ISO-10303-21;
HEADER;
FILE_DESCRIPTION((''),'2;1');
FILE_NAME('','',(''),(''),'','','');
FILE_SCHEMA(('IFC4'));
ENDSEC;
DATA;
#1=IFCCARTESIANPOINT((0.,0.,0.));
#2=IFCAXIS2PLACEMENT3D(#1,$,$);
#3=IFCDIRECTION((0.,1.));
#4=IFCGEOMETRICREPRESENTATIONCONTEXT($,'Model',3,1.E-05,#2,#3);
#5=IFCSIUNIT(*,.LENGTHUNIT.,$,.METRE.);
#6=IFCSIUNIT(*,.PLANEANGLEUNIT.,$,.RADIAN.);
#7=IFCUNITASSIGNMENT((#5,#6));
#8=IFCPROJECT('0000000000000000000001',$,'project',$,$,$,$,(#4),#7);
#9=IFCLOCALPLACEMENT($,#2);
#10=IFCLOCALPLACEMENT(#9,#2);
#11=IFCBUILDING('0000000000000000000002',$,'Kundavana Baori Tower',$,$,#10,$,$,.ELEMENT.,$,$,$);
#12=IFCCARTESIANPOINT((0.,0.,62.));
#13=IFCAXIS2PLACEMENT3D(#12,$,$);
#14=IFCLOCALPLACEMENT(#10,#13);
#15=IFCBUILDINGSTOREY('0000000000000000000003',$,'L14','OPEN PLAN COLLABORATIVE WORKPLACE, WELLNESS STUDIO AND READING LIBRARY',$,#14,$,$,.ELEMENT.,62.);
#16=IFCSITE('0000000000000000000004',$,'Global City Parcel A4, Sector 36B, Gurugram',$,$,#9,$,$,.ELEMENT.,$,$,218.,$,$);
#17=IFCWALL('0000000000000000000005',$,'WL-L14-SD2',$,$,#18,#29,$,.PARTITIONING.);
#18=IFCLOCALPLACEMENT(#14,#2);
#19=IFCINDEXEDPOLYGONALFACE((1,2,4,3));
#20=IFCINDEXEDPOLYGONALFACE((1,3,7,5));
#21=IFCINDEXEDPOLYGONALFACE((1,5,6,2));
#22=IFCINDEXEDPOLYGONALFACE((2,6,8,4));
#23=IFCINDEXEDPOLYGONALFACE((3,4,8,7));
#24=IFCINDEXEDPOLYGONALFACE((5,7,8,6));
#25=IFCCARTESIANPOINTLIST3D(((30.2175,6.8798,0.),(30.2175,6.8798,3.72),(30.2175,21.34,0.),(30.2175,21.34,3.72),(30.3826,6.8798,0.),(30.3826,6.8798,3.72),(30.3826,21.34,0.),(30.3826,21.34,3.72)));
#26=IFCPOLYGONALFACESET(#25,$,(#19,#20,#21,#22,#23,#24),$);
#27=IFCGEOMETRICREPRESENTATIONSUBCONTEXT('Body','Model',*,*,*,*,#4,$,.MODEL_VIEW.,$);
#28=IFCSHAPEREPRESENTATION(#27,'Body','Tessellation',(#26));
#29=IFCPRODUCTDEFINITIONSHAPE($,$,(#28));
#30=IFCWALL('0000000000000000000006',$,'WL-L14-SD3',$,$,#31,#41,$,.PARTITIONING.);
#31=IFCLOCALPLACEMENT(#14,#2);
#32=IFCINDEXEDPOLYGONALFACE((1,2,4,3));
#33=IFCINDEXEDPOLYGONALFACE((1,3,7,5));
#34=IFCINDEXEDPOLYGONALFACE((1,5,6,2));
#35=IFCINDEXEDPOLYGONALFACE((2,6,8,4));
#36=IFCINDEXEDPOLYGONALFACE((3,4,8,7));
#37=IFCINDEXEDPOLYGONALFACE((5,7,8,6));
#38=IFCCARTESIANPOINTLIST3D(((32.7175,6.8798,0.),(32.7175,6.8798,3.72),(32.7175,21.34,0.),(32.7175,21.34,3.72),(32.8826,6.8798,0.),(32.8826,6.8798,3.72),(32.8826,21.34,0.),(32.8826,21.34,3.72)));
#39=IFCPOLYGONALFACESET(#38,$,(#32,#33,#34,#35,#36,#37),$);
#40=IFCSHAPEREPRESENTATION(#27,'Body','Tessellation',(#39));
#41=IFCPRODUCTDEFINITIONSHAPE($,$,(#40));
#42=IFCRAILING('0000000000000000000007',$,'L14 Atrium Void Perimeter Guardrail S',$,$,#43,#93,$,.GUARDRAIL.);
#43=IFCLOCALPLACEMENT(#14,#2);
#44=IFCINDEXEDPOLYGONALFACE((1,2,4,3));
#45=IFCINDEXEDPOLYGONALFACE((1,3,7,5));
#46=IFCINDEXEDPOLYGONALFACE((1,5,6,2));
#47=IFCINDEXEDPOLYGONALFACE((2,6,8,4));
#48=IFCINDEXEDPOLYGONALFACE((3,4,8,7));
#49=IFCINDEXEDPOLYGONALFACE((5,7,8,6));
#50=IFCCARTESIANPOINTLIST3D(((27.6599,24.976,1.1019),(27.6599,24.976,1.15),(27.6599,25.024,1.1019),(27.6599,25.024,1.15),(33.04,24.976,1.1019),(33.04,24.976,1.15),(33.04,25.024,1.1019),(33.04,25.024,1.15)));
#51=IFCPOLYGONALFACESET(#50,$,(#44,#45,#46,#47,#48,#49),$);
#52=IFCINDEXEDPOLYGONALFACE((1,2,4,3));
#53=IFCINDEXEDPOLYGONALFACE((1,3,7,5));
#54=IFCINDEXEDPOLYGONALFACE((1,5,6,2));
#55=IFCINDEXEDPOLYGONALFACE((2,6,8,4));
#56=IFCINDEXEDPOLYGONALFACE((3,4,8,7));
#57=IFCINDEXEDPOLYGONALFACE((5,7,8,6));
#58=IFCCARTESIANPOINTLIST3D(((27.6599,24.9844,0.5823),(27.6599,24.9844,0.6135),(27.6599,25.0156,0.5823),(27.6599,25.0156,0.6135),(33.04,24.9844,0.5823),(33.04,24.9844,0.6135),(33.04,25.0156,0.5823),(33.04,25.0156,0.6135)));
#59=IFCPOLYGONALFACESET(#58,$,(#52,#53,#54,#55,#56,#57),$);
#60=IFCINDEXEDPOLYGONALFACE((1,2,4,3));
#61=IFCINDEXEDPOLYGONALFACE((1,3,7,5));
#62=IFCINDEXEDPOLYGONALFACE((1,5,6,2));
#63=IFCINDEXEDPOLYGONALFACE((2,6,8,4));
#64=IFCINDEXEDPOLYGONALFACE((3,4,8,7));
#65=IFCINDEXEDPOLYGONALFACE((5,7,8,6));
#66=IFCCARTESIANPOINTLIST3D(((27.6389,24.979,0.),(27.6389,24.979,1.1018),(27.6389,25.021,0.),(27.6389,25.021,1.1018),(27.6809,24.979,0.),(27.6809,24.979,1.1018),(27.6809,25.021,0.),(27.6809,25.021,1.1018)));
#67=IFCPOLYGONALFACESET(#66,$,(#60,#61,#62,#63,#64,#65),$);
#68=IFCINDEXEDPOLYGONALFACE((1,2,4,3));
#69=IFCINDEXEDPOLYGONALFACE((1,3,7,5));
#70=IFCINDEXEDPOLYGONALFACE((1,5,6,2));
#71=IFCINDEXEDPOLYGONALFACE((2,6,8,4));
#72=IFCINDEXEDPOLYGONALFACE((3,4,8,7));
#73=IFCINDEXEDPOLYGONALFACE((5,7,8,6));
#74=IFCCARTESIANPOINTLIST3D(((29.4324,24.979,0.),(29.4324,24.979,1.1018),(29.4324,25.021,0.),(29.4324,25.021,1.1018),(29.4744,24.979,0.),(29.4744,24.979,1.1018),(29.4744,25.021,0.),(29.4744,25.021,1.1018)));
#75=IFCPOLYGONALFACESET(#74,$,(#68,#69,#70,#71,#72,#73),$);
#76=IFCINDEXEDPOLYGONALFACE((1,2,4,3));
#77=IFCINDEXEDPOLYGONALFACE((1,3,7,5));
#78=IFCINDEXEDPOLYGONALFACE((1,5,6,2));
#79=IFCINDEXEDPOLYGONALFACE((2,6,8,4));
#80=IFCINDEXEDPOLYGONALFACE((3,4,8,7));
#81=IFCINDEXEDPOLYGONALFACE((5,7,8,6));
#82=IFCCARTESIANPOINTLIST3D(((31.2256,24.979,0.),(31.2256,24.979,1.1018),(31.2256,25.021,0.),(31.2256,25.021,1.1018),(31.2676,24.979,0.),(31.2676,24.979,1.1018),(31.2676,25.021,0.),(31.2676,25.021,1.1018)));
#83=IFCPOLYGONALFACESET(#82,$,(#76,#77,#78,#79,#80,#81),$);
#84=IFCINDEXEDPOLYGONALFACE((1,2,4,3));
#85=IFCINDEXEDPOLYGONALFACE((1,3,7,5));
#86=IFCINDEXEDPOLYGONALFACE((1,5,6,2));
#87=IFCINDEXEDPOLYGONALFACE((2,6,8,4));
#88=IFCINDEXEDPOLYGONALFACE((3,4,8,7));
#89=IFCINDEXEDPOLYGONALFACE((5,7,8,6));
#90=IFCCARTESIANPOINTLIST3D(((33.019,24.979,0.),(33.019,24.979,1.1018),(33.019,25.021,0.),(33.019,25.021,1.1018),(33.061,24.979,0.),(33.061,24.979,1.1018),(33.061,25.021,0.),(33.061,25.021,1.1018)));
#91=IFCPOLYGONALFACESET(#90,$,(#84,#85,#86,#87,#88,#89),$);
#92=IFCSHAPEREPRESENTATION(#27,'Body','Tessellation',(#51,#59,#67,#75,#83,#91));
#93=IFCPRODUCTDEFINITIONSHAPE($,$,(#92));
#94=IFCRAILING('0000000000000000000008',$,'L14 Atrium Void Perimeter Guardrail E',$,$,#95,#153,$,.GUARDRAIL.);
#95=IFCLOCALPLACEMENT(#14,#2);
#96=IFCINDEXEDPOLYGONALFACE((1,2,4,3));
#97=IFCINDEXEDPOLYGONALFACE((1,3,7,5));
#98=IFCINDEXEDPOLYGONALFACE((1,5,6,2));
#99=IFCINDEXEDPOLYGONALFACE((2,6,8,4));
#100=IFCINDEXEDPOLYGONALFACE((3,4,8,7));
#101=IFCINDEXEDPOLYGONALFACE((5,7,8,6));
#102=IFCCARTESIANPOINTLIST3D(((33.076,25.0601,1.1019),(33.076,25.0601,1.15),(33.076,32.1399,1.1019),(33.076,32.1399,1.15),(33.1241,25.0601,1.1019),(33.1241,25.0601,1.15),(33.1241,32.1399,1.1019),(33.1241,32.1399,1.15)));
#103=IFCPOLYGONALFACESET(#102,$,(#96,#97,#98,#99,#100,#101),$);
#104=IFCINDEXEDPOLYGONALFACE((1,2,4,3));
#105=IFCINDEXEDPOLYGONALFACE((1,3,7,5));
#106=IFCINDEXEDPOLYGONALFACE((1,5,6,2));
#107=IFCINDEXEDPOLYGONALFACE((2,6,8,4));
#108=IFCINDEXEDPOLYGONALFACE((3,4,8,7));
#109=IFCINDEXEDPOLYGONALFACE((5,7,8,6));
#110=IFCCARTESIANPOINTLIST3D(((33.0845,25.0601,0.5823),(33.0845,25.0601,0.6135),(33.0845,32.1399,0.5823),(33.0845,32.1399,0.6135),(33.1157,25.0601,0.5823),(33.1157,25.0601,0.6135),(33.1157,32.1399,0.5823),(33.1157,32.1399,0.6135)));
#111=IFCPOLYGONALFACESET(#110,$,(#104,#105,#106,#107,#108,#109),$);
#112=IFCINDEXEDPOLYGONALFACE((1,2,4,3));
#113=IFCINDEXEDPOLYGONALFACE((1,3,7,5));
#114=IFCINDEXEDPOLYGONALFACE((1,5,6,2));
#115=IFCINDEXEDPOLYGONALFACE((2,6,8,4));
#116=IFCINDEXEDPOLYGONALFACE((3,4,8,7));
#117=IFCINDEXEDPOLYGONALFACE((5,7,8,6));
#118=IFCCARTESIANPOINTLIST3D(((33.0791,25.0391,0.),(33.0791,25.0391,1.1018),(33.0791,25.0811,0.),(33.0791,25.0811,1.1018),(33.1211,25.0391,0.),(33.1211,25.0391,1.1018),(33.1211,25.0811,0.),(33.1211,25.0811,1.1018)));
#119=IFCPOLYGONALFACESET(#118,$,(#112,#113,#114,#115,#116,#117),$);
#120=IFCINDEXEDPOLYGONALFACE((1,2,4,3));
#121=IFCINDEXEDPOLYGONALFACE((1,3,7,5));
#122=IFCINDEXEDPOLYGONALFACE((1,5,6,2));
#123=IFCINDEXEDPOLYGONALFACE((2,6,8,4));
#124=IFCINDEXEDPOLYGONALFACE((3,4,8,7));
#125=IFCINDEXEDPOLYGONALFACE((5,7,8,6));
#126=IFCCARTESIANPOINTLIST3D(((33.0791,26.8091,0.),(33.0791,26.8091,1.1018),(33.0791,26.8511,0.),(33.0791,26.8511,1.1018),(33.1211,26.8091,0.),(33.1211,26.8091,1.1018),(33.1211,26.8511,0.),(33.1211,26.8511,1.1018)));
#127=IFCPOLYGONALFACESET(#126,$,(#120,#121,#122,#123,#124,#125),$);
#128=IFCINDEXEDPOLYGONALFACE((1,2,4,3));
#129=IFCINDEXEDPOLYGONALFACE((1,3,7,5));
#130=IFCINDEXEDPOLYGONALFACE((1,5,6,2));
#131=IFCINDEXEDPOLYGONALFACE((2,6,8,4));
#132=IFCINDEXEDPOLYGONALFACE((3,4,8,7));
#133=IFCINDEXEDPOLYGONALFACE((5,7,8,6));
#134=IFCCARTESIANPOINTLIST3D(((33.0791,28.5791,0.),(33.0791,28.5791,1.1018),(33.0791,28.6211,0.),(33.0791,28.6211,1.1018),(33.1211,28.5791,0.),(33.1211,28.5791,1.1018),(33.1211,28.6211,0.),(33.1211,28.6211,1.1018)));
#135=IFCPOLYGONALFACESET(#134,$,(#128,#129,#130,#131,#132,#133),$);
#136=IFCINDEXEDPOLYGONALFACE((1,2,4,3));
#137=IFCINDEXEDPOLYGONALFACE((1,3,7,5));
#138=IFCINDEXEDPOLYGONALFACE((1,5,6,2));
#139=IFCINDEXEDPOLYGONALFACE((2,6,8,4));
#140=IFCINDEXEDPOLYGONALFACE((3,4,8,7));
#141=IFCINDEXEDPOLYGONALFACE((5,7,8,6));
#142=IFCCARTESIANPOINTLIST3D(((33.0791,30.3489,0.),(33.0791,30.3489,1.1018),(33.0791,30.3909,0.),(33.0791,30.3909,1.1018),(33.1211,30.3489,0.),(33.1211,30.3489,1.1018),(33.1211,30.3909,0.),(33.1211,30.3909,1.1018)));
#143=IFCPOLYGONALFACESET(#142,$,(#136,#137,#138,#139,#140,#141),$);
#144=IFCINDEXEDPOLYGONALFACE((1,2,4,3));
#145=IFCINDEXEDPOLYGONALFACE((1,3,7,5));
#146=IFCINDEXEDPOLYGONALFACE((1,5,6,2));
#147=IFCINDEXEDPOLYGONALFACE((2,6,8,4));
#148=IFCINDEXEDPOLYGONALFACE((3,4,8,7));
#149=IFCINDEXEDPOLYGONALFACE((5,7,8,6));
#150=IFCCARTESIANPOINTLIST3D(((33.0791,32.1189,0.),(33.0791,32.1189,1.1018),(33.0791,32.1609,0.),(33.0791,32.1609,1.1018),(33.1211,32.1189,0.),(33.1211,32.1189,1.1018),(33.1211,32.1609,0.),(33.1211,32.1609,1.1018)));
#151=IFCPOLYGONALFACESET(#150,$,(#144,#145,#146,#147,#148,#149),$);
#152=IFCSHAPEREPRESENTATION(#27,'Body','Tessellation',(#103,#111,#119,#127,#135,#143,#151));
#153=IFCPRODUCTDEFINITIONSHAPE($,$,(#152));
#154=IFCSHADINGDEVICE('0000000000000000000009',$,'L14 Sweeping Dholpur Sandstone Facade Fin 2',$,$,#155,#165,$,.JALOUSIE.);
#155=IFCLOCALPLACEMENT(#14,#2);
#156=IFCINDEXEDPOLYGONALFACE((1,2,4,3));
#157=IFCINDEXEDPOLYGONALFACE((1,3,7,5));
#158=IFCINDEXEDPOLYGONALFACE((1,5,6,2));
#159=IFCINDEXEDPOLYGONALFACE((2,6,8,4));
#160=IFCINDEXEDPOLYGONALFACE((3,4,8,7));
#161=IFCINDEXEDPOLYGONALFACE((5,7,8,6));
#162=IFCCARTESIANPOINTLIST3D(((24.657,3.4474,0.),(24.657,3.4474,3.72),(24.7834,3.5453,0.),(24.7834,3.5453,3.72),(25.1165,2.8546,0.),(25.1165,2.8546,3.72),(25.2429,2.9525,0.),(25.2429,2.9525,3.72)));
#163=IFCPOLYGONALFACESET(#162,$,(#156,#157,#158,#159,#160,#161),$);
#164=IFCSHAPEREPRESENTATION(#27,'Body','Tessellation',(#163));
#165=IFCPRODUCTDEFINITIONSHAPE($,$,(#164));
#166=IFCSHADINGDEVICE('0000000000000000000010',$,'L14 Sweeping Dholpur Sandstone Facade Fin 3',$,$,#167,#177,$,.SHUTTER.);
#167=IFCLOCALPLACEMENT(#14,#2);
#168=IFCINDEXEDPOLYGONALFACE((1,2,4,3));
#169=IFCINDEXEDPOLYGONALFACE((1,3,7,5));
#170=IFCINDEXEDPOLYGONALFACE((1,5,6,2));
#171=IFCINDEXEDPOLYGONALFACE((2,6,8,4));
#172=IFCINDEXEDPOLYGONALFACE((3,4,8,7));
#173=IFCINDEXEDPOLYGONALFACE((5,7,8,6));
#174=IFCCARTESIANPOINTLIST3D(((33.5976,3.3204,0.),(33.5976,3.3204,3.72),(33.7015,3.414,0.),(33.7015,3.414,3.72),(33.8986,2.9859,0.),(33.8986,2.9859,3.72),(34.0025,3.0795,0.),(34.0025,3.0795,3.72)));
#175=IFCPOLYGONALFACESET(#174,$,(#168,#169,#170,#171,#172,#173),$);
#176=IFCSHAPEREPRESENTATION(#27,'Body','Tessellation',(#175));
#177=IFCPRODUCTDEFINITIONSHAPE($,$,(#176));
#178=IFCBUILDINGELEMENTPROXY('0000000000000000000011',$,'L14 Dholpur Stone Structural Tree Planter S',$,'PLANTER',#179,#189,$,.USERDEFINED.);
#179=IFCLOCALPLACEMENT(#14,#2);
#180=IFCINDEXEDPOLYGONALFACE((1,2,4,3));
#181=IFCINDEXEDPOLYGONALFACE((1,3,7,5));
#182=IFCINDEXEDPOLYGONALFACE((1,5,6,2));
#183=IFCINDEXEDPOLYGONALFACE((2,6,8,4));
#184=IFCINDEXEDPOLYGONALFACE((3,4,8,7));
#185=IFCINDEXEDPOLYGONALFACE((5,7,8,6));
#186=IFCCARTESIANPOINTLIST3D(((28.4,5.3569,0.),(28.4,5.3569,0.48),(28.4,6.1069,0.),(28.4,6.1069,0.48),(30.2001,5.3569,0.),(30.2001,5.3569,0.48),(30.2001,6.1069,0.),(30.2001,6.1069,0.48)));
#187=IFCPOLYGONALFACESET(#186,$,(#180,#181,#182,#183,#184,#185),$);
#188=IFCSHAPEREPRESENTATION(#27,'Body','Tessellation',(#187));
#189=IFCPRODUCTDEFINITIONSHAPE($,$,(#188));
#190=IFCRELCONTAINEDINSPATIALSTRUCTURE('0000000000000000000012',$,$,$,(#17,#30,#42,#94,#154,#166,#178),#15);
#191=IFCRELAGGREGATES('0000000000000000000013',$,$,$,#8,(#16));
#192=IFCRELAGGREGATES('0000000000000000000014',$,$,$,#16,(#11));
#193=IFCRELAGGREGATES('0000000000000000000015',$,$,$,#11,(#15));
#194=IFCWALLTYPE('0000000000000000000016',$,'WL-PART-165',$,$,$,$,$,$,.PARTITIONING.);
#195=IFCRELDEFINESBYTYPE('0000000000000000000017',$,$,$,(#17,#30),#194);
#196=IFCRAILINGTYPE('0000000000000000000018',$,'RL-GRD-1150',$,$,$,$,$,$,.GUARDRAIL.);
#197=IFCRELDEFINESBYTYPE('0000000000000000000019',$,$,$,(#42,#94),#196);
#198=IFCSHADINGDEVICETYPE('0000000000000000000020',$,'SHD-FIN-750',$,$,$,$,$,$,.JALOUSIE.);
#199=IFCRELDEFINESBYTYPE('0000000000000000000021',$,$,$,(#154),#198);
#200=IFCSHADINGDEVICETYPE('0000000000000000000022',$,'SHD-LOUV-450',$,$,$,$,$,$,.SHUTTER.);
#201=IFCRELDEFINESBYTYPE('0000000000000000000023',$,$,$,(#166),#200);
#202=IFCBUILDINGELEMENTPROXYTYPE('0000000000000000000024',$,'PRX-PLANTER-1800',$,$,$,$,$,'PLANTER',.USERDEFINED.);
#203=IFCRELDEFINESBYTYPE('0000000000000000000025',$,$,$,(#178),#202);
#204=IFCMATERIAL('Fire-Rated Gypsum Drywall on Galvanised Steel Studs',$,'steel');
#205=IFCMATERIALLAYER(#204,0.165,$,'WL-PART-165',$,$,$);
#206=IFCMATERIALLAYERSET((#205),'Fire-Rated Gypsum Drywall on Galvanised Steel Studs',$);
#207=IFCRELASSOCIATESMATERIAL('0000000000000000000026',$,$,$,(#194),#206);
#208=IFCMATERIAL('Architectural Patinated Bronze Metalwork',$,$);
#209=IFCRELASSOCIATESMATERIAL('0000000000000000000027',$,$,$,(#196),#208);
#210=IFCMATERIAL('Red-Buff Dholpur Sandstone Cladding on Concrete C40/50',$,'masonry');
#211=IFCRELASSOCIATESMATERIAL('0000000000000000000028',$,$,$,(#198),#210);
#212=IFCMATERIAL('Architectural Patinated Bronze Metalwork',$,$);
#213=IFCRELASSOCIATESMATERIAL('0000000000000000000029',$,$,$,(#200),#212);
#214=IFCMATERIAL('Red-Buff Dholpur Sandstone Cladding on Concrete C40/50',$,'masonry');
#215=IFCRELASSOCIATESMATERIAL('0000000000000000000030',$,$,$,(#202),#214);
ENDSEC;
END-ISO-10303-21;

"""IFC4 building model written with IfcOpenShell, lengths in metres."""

from ifc_helpers import new_model, si_unit, direction, frame, frame_2d, origin, origin_2d, place, context, subcontext, project, spatial, rectangle, extrude, material, layer, layer_set, type_object, element, save


model = new_model("IFC4")

# Units and contexts
model_context = context("Model", 3, precision=1e-05, world=origin(), true_north=direction((0.0, 1.0)))
body_context = subcontext(model_context, "Body", "Model", "MODEL_VIEW")
ifc_project = project(units=[si_unit("LENGTHUNIT", "METRE"), si_unit("PLANEANGLEUNIT", "RADIAN")], contexts=[model_context])

# Site, building, storey
site_placement = place(None, origin())
site = spatial("IfcSite", under=ifc_project, at=site_placement, Name="Global City Parcel A4, Sector 36B, Gurugram", CompositionType="ELEMENT", RefElevation=218.0)
building_placement = place(site_placement, origin())
building = spatial("IfcBuilding", under=site, at=building_placement, Name="Kundavana Baori Tower", CompositionType="ELEMENT")
storey_placement = place(building_placement, frame((0.0, 0.0, 62.0)))
storey = spatial("IfcBuildingStorey", under=building, at=storey_placement, Name="L14", Description="OPEN PLAN COLLABORATIVE WORKPLACE, WELLNESS STUDIO AND READING LIBRARY", CompositionType="ELEMENT", Elevation=62.0)

# Shared definitions
ifc_material_1 = material(Name="Fire-Rated Gypsum Drywall on Galvanised Steel Studs", Category="steel")
ifc_layer = layer(ifc_material_1, 0.165, Name="WL-PART-165")
ifc_layer_set = layer_set([ifc_layer], Name="Fire-Rated Gypsum Drywall on Galvanised Steel Studs")
wall_type = type_object("IfcWallType", Name="WL-PART-165", PredefinedType="PARTITIONING", material=ifc_layer_set)

# Walls
for number, where, z_axis, x_axis, name in (
    (1, (30.3, 6.8799, 0.0), (0.0, 0.0, 1.0), (0.0, 1.0, 0.0), "WL-L14-SD2"),
    (2, (32.8, 6.8799, 0.0), (0.0, 0.0, 1.0), (0.0, 1.0, 0.0), "WL-L14-SD3"),
):
    element("IfcWall", number, at=place(storey_placement, frame(where, z_axis=z_axis, x_axis=x_axis)), inside=storey, type_object=wall_type, Name=name, PredefinedType="PARTITIONING", context=body_context, shape_type="SweptSolid", body=[
        extrude(rectangle(XDim=14.4602, YDim=0.165, at=frame_2d((7.23, 0.0))), origin(), (0.0, 0.0, 1.0), 3.72),
    ])

# Railings
ifc_material_2 = material(Name="Architectural Patinated Bronze Metalwork")
railing_type = type_object("IfcRailingType", Name="RL-GRD-1150", PredefinedType="GUARDRAIL", material=ifc_material_2)
railing_1_placement = place(storey_placement, frame((27.6599, 25.0, 0.0)))
element("IfcRailing", 3, at=railing_1_placement, inside=storey, type_object=railing_type, Name="L14 Atrium Void Perimeter Guardrail S", PredefinedType="GUARDRAIL", context=body_context, shape_type="SweptSolid", body=[
    extrude(rectangle(XDim=0.0481, YDim=0.0481, at=origin_2d()), frame((0.0, 0.0, 1.126), z_axis=(1.0, 0.0, 0.0), x_axis=(0.0, 1.0, 0.0)), (0.0, 0.0, 1.0), 5.3801),
    extrude(rectangle(XDim=0.0312, YDim=0.0312, at=origin_2d()), frame((0.0, 0.0, 0.5979), z_axis=(1.0, 0.0, 0.0), x_axis=(0.0, 1.0, 0.0)), (0.0, 0.0, 1.0), 5.3801),
    extrude(rectangle(XDim=0.042, YDim=0.042, at=origin_2d()), origin(), (0.0, 0.0, 1.0), 1.1018),
    extrude(rectangle(XDim=0.042, YDim=0.042, at=origin_2d()), frame((1.7935, 0.0, 0.0)), (0.0, 0.0, 1.0), 1.1018),
    extrude(rectangle(XDim=0.042, YDim=0.042, at=origin_2d()), frame((3.5867, 0.0, 0.0)), (0.0, 0.0, 1.0), 1.1018),
    extrude(rectangle(XDim=0.042, YDim=0.042, at=origin_2d()), frame((5.3801, 0.0, 0.0)), (0.0, 0.0, 1.0), 1.1018),
])
railing_2_placement = place(storey_placement, frame((33.1001, 25.0601, 0.0)))
element("IfcRailing", 4, at=railing_2_placement, inside=storey, type_object=railing_type, Name="L14 Atrium Void Perimeter Guardrail E", PredefinedType="GUARDRAIL", context=body_context, shape_type="SweptSolid", body=[
    extrude(rectangle(XDim=0.0481, YDim=0.0481, at=origin_2d()), frame((0.0, 0.0, 1.126), z_axis=(0.0, 1.0, 0.0), x_axis=(-1.0, 0.0, 0.0)), (0.0, 0.0, 1.0), 7.0798),
    extrude(rectangle(XDim=0.0312, YDim=0.0312, at=origin_2d()), frame((0.0, 0.0, 0.5979), z_axis=(0.0, 1.0, 0.0), x_axis=(-1.0, 0.0, 0.0)), (0.0, 0.0, 1.0), 7.0798),
    extrude(rectangle(XDim=0.042, YDim=0.042, at=origin_2d()), origin(), (0.0, 0.0, 1.0), 1.1018),
    extrude(rectangle(XDim=0.042, YDim=0.042, at=origin_2d()), frame((0.0, 1.77, 0.0)), (0.0, 0.0, 1.0), 1.1018),
    extrude(rectangle(XDim=0.042, YDim=0.042, at=origin_2d()), frame((0.0, 3.54, 0.0)), (0.0, 0.0, 1.0), 1.1018),
    extrude(rectangle(XDim=0.042, YDim=0.042, at=origin_2d()), frame((0.0, 5.3098, 0.0)), (0.0, 0.0, 1.0), 1.1018),
    extrude(rectangle(XDim=0.042, YDim=0.042, at=origin_2d()), frame((0.0, 7.0798, 0.0)), (0.0, 0.0, 1.0), 1.1018),
])

# Shading devices
ifc_material_3 = material(Name="Red-Buff Dholpur Sandstone Cladding on Concrete C40/50", Category="masonry")
shading_device_type_1 = type_object("IfcShadingDeviceType", Name="SHD-FIN-750", PredefinedType="JALOUSIE", material=ifc_material_3)
shading_device_1_placement = place(storey_placement, frame((24.95, 3.2, 0.0), z_axis=(0.0, 0.0, 1.0), x_axis=(0.790369, 0.612631, 0.0)))
element("IfcShadingDevice", 5, at=shading_device_1_placement, inside=storey, type_object=shading_device_type_1, Name="L14 Sweeping Dholpur Sandstone Facade Fin 2", PredefinedType="JALOUSIE", context=body_context, shape_type="SweptSolid", body=[
    extrude(rectangle(XDim=0.1599, YDim=0.75, at=origin_2d()), origin(), (0.0, 0.0, 1.0), 3.72),
])
ifc_material_4 = material(Name="Architectural Patinated Bronze Metalwork")
shading_device_type_2 = type_object("IfcShadingDeviceType", Name="SHD-LOUV-450", PredefinedType="SHUTTER", material=ifc_material_4)
shading_device_2_placement = place(storey_placement, frame((33.8, 3.2, 0.0), z_axis=(0.0, 0.0, 1.0), x_axis=(0.743262, 0.669001, 0.0)))
element("IfcShadingDevice", 6, at=shading_device_2_placement, inside=storey, type_object=shading_device_type_2, Name="L14 Sweeping Dholpur Sandstone Facade Fin 3", PredefinedType="SHUTTER", context=body_context, shape_type="SweptSolid", body=[
    extrude(rectangle(XDim=0.1399, YDim=0.45, at=origin_2d()), origin(), (0.0, 0.0, 1.0), 3.72),
])

# Building element proxy
ifc_material_5 = material(Name="Red-Buff Dholpur Sandstone Cladding on Concrete C40/50", Category="masonry")
building_element_proxy_type = type_object("IfcBuildingElementProxyType", Name="PRX-PLANTER-1800", ElementType="PLANTER", PredefinedType="USERDEFINED", material=ifc_material_5)
proxy_placement = place(storey_placement, frame((29.3, 5.7319, 0.0), z_axis=(0.0, 0.0, 1.0), x_axis=(1.0, 0.0, 0.0)))
element("IfcBuildingElementProxy", 7, at=proxy_placement, inside=storey, type_object=building_element_proxy_type, Name="L14 Dholpur Stone Structural Tree Planter S", ObjectType="PLANTER", PredefinedType="USERDEFINED", context=body_context, shape_type="SweptSolid", body=[
    extrude(rectangle(XDim=1.8, YDim=0.75, at=origin_2d()), origin(), (0.0, 0.0, 1.0), 0.48),
])

save(model, "model.ifc")
